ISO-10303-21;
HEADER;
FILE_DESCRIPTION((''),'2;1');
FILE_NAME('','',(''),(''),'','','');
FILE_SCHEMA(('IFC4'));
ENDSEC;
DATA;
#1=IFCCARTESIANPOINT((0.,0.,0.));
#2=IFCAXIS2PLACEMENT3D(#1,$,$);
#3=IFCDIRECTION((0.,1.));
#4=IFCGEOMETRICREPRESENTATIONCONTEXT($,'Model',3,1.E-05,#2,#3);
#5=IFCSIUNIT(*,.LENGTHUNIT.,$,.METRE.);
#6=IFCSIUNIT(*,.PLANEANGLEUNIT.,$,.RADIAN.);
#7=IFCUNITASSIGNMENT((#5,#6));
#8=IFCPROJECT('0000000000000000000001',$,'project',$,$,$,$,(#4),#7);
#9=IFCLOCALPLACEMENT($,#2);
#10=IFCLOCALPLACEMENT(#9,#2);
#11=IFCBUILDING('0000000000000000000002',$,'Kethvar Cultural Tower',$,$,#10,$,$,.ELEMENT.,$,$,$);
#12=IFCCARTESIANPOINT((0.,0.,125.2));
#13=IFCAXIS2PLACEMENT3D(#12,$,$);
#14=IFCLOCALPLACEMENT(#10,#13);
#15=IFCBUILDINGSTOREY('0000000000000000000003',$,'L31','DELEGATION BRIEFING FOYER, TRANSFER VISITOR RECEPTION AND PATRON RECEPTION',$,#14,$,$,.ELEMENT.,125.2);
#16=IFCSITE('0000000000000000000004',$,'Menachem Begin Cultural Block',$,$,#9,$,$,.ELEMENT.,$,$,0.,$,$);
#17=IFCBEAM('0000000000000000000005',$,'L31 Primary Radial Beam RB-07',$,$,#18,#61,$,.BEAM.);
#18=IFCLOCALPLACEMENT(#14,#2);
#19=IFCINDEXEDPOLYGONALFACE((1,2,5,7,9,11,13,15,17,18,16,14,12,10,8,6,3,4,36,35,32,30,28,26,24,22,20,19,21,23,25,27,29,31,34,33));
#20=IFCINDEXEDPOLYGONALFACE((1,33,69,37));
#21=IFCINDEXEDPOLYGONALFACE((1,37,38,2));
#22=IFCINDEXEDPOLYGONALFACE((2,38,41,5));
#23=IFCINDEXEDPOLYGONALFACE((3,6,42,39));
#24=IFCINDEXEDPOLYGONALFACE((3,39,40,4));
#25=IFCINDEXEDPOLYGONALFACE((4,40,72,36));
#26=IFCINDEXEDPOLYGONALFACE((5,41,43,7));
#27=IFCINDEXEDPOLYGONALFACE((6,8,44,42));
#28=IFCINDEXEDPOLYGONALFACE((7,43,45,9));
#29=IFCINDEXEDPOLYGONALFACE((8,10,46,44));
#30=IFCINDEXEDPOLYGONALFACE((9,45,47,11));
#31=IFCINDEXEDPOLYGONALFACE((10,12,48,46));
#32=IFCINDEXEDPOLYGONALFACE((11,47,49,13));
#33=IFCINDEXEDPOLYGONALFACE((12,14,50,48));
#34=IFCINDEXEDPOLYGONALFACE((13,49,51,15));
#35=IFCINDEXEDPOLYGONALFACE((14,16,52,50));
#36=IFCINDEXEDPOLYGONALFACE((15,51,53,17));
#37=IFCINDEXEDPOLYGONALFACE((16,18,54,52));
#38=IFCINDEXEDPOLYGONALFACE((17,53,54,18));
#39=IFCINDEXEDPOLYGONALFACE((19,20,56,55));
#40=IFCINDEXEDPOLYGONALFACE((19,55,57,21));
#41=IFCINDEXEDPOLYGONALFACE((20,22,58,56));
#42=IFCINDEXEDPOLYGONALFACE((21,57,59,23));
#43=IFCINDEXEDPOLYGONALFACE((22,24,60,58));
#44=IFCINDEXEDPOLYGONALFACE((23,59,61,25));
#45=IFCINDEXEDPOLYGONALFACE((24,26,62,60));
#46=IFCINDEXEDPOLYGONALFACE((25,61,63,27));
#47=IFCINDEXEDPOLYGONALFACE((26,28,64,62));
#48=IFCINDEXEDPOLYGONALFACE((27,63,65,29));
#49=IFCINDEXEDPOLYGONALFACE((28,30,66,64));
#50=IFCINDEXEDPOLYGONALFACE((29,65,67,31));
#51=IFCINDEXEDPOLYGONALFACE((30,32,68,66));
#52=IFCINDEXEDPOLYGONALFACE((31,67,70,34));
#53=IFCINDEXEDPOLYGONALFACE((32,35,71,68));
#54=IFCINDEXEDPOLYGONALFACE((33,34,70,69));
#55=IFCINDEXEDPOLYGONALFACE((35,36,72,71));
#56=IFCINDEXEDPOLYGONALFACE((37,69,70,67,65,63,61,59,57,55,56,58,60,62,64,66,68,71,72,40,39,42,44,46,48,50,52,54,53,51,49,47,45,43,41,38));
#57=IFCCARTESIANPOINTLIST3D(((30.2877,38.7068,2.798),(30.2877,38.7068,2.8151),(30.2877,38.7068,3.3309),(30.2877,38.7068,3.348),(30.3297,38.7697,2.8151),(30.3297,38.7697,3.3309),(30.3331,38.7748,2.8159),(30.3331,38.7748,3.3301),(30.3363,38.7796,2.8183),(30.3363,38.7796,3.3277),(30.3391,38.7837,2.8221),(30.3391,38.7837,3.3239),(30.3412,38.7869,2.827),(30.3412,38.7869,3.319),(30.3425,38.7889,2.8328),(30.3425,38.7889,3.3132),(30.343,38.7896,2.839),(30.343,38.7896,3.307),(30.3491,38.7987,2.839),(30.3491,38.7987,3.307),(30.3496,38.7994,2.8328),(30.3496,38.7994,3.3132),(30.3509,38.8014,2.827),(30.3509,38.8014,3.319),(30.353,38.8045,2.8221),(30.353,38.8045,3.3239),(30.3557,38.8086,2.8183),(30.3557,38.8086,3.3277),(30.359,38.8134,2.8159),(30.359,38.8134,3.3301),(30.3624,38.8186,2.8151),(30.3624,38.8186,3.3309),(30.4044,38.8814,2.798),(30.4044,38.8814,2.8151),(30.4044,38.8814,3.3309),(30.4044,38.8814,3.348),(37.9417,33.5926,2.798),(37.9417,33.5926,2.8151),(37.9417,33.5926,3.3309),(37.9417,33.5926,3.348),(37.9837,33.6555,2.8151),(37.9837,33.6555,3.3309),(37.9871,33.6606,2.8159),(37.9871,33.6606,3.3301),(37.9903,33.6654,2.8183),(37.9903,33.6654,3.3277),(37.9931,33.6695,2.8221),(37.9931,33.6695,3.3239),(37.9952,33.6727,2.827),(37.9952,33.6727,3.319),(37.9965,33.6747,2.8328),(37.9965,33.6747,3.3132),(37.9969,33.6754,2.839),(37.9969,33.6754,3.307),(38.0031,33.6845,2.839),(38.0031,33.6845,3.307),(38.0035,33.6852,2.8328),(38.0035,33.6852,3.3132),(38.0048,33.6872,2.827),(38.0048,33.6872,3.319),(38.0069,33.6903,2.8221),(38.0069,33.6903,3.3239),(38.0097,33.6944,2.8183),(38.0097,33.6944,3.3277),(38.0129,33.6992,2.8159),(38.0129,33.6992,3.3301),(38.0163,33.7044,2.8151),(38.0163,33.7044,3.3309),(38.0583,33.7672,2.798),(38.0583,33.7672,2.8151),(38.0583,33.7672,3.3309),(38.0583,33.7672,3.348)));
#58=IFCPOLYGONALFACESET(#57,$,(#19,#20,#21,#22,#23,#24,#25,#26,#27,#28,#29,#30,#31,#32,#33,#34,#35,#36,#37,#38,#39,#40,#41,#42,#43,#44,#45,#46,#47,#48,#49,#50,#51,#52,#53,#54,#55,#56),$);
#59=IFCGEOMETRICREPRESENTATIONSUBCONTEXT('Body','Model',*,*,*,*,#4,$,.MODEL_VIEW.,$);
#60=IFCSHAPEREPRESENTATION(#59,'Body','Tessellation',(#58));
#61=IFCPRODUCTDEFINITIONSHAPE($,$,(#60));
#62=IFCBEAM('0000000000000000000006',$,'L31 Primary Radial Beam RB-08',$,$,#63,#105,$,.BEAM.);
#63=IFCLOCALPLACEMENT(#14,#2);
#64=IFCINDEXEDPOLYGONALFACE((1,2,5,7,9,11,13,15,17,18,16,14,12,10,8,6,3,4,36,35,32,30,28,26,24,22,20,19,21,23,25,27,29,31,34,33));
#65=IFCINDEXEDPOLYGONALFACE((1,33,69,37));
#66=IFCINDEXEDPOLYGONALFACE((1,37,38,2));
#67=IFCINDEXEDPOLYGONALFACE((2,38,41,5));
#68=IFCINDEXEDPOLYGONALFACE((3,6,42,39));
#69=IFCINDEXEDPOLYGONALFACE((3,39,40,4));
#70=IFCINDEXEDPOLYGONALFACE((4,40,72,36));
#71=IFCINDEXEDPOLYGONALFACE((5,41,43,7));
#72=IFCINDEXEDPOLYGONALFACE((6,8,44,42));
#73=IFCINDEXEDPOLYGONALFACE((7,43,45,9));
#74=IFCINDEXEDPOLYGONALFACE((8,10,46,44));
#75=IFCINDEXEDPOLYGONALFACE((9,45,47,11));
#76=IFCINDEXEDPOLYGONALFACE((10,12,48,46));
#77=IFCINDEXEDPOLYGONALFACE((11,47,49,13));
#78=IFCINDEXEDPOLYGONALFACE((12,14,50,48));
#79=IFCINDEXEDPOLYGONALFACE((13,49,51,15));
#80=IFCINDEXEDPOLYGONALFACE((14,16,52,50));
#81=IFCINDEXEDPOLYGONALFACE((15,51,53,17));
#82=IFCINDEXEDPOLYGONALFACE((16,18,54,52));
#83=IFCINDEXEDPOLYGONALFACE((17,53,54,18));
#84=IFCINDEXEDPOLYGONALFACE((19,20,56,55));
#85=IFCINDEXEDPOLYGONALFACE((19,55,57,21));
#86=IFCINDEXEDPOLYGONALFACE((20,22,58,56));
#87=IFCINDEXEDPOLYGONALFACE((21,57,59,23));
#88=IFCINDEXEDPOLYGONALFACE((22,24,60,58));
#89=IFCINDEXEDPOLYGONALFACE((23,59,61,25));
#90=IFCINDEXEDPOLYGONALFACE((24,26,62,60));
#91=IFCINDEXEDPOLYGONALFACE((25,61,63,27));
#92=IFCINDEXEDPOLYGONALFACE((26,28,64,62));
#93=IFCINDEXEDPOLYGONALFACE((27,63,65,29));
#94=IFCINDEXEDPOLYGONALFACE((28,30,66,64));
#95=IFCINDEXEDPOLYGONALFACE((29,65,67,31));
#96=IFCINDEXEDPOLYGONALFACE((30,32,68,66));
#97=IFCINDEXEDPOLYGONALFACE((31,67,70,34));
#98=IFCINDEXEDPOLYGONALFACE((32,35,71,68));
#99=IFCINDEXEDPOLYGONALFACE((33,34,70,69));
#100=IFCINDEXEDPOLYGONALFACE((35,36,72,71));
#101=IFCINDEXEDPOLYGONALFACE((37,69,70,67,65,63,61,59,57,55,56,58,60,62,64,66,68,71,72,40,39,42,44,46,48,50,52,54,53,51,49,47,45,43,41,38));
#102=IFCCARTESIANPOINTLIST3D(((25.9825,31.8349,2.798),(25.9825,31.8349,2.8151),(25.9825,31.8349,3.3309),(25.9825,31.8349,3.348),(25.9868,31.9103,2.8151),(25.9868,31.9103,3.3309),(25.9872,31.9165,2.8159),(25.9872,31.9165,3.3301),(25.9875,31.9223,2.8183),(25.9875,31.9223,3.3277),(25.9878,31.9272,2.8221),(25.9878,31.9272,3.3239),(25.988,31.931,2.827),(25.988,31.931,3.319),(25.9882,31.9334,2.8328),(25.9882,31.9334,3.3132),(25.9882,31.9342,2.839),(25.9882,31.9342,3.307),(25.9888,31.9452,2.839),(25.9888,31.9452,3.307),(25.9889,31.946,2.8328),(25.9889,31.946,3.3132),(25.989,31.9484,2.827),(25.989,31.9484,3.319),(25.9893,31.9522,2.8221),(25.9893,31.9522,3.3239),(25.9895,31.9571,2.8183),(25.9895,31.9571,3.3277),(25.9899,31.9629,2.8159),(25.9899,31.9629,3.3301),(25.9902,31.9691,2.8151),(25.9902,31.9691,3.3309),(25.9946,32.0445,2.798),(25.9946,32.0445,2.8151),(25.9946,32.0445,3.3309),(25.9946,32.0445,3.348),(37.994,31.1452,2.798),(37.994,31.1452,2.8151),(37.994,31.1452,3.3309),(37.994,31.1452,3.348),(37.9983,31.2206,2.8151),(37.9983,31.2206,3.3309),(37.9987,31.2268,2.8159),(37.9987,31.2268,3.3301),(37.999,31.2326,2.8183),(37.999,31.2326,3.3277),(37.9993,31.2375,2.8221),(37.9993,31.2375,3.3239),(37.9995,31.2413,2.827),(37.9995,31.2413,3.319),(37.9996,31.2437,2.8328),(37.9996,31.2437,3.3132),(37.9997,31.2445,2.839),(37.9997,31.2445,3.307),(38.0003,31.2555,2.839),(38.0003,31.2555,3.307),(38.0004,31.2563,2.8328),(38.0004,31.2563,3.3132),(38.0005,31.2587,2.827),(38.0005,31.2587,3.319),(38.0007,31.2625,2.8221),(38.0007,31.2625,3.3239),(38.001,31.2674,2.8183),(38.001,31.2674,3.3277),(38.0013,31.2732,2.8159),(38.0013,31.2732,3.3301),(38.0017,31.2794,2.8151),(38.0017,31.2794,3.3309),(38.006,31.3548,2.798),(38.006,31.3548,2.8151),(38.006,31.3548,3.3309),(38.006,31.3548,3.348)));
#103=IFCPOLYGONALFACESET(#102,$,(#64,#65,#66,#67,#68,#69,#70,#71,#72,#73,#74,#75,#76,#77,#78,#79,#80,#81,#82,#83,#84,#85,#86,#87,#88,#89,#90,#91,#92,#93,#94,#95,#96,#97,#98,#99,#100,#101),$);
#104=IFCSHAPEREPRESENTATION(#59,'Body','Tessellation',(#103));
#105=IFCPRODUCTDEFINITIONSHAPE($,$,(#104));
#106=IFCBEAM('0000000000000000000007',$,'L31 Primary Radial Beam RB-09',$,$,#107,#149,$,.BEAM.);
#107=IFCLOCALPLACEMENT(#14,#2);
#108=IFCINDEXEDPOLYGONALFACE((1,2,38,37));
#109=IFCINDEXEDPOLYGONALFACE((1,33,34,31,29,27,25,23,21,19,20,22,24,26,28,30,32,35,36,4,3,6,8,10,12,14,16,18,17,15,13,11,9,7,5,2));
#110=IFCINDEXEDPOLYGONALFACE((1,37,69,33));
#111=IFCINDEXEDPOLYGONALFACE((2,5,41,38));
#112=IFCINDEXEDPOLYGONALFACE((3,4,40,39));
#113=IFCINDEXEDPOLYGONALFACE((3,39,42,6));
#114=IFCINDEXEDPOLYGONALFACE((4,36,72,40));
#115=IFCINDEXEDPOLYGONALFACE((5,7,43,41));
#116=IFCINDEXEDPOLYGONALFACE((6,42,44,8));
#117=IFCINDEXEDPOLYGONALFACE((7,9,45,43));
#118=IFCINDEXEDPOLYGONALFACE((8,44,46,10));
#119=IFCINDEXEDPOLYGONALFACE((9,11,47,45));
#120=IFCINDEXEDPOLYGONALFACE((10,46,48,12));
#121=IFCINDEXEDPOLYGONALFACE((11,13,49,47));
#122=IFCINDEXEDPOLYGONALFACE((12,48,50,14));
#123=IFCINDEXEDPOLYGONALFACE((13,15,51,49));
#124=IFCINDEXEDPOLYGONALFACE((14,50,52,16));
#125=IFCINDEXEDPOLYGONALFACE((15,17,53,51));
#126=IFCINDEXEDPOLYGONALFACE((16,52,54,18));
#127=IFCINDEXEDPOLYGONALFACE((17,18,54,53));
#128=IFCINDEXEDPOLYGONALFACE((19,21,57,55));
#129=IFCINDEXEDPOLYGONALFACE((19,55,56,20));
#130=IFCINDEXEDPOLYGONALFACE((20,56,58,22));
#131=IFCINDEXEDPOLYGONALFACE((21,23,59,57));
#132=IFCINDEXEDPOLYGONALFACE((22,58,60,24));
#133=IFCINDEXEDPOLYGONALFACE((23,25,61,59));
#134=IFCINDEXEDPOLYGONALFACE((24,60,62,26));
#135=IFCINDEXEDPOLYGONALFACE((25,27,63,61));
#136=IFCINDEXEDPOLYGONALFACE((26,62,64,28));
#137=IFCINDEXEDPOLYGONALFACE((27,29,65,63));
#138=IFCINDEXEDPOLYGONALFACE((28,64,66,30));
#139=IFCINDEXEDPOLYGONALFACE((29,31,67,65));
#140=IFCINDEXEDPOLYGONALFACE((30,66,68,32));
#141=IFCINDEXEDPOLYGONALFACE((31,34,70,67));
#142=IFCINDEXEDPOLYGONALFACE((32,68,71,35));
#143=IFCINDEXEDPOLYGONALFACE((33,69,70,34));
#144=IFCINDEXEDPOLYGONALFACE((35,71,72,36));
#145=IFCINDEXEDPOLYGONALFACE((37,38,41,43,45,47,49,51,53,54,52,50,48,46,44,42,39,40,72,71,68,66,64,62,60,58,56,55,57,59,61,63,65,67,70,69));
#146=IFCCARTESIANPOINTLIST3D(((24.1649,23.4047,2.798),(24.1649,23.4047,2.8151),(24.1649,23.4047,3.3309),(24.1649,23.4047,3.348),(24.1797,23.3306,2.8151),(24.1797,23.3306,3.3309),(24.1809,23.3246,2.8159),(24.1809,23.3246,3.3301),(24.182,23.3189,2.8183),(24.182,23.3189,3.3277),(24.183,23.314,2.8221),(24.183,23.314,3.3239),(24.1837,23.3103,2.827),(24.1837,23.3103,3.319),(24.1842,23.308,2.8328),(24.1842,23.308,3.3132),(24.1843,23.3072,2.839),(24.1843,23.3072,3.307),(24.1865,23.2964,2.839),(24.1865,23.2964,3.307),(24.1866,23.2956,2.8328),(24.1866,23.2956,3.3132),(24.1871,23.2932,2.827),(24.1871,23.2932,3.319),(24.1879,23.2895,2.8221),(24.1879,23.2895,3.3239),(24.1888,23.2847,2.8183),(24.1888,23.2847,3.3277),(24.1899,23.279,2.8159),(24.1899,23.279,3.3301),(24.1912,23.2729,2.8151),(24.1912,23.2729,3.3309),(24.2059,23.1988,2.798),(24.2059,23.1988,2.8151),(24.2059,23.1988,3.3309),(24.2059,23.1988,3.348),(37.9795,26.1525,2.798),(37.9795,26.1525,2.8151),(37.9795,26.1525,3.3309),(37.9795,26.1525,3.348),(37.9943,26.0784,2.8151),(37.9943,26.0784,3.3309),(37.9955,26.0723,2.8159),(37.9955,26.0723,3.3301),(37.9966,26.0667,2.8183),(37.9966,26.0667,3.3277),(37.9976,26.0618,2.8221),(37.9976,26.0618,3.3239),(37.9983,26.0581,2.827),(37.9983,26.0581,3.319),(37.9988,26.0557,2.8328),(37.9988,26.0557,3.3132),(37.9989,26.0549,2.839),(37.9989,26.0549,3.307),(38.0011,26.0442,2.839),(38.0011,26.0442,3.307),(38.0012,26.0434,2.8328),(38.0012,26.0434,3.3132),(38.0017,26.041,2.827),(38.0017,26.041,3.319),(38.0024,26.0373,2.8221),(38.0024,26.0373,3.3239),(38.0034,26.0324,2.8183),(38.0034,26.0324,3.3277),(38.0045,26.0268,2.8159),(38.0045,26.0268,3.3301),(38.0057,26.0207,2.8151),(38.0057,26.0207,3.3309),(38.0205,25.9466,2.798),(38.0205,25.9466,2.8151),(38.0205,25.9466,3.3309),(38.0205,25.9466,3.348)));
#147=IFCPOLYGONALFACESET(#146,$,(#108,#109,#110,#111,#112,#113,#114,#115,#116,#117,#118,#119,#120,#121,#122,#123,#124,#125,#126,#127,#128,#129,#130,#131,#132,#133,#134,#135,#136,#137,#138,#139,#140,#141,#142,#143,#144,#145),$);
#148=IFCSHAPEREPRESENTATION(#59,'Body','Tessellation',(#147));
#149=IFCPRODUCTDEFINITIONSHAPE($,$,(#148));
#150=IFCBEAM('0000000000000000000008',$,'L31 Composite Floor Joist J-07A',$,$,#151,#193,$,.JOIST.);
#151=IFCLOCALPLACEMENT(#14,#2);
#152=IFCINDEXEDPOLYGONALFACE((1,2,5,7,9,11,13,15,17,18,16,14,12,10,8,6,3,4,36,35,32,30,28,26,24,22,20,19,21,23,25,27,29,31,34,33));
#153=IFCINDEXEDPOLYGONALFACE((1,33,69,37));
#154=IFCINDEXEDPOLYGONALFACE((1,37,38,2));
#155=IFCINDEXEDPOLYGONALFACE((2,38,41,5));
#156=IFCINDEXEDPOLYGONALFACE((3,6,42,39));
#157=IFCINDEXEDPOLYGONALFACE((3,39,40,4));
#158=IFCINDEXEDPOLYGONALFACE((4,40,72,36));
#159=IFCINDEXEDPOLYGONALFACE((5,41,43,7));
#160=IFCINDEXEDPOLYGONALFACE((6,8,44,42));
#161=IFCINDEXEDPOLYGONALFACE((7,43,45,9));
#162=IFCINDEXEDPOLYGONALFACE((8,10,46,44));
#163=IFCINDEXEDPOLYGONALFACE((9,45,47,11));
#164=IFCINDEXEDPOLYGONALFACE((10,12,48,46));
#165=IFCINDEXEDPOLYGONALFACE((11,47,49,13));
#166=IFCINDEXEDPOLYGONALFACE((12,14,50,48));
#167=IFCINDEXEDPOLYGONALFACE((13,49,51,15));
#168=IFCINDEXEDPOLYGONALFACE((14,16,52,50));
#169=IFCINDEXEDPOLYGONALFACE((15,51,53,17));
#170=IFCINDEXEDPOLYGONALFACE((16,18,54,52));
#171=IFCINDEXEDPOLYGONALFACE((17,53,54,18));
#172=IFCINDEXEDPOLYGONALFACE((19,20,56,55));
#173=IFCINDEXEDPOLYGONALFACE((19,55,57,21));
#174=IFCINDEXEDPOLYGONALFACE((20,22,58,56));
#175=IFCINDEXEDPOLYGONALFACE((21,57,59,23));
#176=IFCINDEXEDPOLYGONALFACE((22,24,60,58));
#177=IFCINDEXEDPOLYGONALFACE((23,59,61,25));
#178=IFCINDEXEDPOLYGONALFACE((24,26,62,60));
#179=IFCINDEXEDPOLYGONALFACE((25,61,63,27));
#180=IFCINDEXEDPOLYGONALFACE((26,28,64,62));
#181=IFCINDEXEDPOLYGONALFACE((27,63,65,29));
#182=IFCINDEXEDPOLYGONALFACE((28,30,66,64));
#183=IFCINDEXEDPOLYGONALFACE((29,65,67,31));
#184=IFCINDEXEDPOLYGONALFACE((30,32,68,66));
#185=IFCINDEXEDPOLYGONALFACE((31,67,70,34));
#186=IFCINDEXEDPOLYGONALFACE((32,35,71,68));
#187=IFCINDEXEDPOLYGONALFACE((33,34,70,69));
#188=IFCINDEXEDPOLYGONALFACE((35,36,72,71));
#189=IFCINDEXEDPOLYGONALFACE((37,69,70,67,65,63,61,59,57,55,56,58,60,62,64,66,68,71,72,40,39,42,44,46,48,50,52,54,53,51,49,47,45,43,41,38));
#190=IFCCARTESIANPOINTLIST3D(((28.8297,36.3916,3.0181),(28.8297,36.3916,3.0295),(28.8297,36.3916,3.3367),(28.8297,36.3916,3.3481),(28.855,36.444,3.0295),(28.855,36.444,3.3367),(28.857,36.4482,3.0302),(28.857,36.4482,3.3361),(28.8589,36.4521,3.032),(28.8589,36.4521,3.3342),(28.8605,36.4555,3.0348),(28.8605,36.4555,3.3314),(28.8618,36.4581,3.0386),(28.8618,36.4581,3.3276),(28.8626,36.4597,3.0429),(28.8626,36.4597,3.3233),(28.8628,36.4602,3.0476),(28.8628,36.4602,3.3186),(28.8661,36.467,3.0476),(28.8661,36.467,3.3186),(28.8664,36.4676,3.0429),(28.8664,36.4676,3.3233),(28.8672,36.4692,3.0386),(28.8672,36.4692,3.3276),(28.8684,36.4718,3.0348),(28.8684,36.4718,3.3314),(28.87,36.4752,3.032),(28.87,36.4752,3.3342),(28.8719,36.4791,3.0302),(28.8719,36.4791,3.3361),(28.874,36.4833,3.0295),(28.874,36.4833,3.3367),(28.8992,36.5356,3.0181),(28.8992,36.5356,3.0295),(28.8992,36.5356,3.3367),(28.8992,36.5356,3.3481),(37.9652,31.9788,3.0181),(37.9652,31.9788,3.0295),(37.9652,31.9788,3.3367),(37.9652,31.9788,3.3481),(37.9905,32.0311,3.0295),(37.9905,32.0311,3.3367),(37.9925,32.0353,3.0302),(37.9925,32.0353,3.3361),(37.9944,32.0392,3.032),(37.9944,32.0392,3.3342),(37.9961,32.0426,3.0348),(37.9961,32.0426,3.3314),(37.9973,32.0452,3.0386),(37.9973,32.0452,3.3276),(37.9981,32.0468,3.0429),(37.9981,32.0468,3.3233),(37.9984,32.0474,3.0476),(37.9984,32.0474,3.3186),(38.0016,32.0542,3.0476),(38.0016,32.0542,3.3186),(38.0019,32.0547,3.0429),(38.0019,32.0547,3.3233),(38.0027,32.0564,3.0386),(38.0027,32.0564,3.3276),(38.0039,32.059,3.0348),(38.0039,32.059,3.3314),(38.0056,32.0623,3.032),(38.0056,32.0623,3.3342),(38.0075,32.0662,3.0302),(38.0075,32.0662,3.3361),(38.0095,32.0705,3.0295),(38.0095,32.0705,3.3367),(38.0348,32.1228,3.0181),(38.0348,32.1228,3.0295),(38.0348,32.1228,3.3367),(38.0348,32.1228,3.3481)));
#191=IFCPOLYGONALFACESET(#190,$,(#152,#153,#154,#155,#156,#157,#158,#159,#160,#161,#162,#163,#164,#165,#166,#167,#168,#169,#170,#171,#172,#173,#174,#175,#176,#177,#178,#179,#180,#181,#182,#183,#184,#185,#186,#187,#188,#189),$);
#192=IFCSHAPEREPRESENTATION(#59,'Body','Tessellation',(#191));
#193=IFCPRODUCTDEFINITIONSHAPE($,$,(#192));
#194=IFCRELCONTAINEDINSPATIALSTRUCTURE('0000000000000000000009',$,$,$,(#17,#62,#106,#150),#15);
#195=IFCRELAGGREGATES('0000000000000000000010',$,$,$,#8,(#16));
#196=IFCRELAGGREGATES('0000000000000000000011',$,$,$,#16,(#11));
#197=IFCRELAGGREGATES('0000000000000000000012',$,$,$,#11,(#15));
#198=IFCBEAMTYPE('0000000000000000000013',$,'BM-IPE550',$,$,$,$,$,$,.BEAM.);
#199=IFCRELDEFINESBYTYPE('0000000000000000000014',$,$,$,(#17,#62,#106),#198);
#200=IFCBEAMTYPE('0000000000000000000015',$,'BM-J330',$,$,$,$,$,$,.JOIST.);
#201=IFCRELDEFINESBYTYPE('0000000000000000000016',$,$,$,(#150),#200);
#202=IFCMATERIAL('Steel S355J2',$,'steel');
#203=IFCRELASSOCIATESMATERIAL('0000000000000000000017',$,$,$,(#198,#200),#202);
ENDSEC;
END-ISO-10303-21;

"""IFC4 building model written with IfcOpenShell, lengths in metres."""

from ifc_helpers import new_model, si_unit, direction, frame, origin, origin_2d, place, context, subcontext, project, spatial, i_section, extrude, source, transform, mapped, material, material_profile, profile_set, type_object, element, save


model = new_model("IFC4")

# Units and contexts
model_context = context("Model", 3, precision=1e-05, world=origin(), true_north=direction((0.0, 1.0)))
body_context = subcontext(model_context, "Body", "Model", "MODEL_VIEW")
ifc_project = project(units=[si_unit("LENGTHUNIT", "METRE"), si_unit("PLANEANGLEUNIT", "RADIAN")], contexts=[model_context])

# Site, building, storey
site_placement = place(None, origin())
site = spatial("IfcSite", under=ifc_project, at=site_placement, Name="Menachem Begin Cultural Block", CompositionType="ELEMENT", RefElevation=0.0)
building_placement = place(site_placement, origin())
building = spatial("IfcBuilding", under=site, at=building_placement, Name="Kethvar Cultural Tower", CompositionType="ELEMENT")
storey_placement = place(building_placement, frame((0.0, 0.0, 125.2)))
storey = spatial("IfcBuildingStorey", under=building, at=storey_placement, Name="L31", Description="DELEGATION BRIEFING FOYER, TRANSFER VISITOR RECEPTION AND PATRON RECEPTION", CompositionType="ELEMENT", Elevation=125.2)

# Beams
ifc_material_1 = material(Name="Steel S355J2", Category="steel")
ifc_material_profile_1 = material_profile(ifc_material_1, i_section(OverallWidth=0.21, OverallDepth=0.55, WebThickness=0.011, FlangeThickness=0.0171, FilletRadius=0.0239, at=origin_2d()), Name="Steel S355J2 — IPE550")
ifc_profile_set_1 = profile_set([ifc_material_profile_1], Name="Steel S355J2 — IPE550")
beam_type_1 = type_object("IfcBeamType", Name="BM-IPE550", PredefinedType="BEAM", material=ifc_profile_set_1)
shared_shape_1 = source(origin(), body_context, "Body", "SweptSolid", [
    extrude(i_section(OverallWidth=0.21, OverallDepth=0.55, WebThickness=0.011, FlangeThickness=0.0171, FilletRadius=0.0239, at=origin_2d()), origin(), (0.0, 0.0, 1.0), 9.2053),
])
beam_1_placement = place(storey_placement, frame((38.0, 33.6799, 3.073), z_axis=(-0.83147, 0.555569, 0.0), x_axis=(-0.555569, -0.83147, 0.0)))
element("IfcBeam", 1, at=beam_1_placement, inside=storey, type_object=beam_type_1, Name="L31 Primary Radial Beam RB-07", PredefinedType="BEAM", context=body_context, shape_type="MappedRepresentation", body=[
    mapped(shared_shape_1, transform((0.0, 0.0, 0.0), scale=1.0)),
])
shared_shape_2 = source(origin(), body_context, "Body", "SweptSolid", [
    extrude(i_section(OverallWidth=0.21, OverallDepth=0.55, WebThickness=0.011, FlangeThickness=0.0171, FilletRadius=0.0239, at=origin_2d()), origin(), (0.0, 0.0, 1.0), 12.0312),
])
beam_2_placement = place(storey_placement, frame((38.0, 31.25, 3.073), z_axis=(-0.998356, 0.057325, 0.0), x_axis=(-0.057325, -0.998356, 0.0)))
element("IfcBeam", 2, at=beam_2_placement, inside=storey, type_object=beam_type_1, Name="L31 Primary Radial Beam RB-08", PredefinedType="BEAM", context=body_context, shape_type="MappedRepresentation", body=[
    mapped(shared_shape_2, transform((0.0, 0.0, 0.0), scale=1.0)),
])
shared_shape_3 = source(origin(), body_context, "Body", "SweptSolid", [
    extrude(i_section(OverallWidth=0.21, OverallDepth=0.55, WebThickness=0.011, FlangeThickness=0.0171, FilletRadius=0.0239, at=origin_2d()), origin(), (0.0, 0.0, 1.0), 14.0852),
])
beam_3_placement = place(storey_placement, frame((38.0, 26.0496, 3.073), z_axis=(-0.980787, -0.195083, 0.0), x_axis=(0.195083, -0.980787, 0.0)))
element("IfcBeam", 3, at=beam_3_placement, inside=storey, type_object=beam_type_1, Name="L31 Primary Radial Beam RB-09", PredefinedType="BEAM", context=body_context, shape_type="MappedRepresentation", body=[
    mapped(shared_shape_3, transform((0.0, 0.0, 0.0), scale=1.0)),
])
ifc_material_profile_2 = material_profile(ifc_material_1, i_section(OverallWidth=0.1599, OverallDepth=0.3301, WebThickness=0.0076, FlangeThickness=0.0115, FilletRadius=0.0181, at=origin_2d()), Name="Steel S355J2 — IPE330")
ifc_profile_set_2 = profile_set([ifc_material_profile_2], Name="Steel S355J2 — IPE330")
beam_type_2 = type_object("IfcBeamType", Name="BM-J330", PredefinedType="JOIST", material=ifc_profile_set_2)
shared_shape_4 = source(origin(), body_context, "Body", "SweptSolid", [
    extrude(i_section(OverallWidth=0.1599, OverallDepth=0.3301, WebThickness=0.0076, FlangeThickness=0.0115, FilletRadius=0.0181, at=origin_2d()), origin(), (0.0, 0.0, 1.0), 10.1455),
])
beam_4_placement = place(storey_placement, frame((38.0, 32.0508, 3.1831), z_axis=(-0.900451, 0.434957, 0.0), x_axis=(-0.434957, -0.900451, 0.0)))
element("IfcBeam", 4, at=beam_4_placement, inside=storey, type_object=beam_type_2, Name="L31 Composite Floor Joist J-07A", PredefinedType="JOIST", context=body_context, shape_type="MappedRepresentation", body=[
    mapped(shared_shape_4, transform((0.0, 0.0, 0.0), scale=1.0)),
])

save(model, "model.ifc")
